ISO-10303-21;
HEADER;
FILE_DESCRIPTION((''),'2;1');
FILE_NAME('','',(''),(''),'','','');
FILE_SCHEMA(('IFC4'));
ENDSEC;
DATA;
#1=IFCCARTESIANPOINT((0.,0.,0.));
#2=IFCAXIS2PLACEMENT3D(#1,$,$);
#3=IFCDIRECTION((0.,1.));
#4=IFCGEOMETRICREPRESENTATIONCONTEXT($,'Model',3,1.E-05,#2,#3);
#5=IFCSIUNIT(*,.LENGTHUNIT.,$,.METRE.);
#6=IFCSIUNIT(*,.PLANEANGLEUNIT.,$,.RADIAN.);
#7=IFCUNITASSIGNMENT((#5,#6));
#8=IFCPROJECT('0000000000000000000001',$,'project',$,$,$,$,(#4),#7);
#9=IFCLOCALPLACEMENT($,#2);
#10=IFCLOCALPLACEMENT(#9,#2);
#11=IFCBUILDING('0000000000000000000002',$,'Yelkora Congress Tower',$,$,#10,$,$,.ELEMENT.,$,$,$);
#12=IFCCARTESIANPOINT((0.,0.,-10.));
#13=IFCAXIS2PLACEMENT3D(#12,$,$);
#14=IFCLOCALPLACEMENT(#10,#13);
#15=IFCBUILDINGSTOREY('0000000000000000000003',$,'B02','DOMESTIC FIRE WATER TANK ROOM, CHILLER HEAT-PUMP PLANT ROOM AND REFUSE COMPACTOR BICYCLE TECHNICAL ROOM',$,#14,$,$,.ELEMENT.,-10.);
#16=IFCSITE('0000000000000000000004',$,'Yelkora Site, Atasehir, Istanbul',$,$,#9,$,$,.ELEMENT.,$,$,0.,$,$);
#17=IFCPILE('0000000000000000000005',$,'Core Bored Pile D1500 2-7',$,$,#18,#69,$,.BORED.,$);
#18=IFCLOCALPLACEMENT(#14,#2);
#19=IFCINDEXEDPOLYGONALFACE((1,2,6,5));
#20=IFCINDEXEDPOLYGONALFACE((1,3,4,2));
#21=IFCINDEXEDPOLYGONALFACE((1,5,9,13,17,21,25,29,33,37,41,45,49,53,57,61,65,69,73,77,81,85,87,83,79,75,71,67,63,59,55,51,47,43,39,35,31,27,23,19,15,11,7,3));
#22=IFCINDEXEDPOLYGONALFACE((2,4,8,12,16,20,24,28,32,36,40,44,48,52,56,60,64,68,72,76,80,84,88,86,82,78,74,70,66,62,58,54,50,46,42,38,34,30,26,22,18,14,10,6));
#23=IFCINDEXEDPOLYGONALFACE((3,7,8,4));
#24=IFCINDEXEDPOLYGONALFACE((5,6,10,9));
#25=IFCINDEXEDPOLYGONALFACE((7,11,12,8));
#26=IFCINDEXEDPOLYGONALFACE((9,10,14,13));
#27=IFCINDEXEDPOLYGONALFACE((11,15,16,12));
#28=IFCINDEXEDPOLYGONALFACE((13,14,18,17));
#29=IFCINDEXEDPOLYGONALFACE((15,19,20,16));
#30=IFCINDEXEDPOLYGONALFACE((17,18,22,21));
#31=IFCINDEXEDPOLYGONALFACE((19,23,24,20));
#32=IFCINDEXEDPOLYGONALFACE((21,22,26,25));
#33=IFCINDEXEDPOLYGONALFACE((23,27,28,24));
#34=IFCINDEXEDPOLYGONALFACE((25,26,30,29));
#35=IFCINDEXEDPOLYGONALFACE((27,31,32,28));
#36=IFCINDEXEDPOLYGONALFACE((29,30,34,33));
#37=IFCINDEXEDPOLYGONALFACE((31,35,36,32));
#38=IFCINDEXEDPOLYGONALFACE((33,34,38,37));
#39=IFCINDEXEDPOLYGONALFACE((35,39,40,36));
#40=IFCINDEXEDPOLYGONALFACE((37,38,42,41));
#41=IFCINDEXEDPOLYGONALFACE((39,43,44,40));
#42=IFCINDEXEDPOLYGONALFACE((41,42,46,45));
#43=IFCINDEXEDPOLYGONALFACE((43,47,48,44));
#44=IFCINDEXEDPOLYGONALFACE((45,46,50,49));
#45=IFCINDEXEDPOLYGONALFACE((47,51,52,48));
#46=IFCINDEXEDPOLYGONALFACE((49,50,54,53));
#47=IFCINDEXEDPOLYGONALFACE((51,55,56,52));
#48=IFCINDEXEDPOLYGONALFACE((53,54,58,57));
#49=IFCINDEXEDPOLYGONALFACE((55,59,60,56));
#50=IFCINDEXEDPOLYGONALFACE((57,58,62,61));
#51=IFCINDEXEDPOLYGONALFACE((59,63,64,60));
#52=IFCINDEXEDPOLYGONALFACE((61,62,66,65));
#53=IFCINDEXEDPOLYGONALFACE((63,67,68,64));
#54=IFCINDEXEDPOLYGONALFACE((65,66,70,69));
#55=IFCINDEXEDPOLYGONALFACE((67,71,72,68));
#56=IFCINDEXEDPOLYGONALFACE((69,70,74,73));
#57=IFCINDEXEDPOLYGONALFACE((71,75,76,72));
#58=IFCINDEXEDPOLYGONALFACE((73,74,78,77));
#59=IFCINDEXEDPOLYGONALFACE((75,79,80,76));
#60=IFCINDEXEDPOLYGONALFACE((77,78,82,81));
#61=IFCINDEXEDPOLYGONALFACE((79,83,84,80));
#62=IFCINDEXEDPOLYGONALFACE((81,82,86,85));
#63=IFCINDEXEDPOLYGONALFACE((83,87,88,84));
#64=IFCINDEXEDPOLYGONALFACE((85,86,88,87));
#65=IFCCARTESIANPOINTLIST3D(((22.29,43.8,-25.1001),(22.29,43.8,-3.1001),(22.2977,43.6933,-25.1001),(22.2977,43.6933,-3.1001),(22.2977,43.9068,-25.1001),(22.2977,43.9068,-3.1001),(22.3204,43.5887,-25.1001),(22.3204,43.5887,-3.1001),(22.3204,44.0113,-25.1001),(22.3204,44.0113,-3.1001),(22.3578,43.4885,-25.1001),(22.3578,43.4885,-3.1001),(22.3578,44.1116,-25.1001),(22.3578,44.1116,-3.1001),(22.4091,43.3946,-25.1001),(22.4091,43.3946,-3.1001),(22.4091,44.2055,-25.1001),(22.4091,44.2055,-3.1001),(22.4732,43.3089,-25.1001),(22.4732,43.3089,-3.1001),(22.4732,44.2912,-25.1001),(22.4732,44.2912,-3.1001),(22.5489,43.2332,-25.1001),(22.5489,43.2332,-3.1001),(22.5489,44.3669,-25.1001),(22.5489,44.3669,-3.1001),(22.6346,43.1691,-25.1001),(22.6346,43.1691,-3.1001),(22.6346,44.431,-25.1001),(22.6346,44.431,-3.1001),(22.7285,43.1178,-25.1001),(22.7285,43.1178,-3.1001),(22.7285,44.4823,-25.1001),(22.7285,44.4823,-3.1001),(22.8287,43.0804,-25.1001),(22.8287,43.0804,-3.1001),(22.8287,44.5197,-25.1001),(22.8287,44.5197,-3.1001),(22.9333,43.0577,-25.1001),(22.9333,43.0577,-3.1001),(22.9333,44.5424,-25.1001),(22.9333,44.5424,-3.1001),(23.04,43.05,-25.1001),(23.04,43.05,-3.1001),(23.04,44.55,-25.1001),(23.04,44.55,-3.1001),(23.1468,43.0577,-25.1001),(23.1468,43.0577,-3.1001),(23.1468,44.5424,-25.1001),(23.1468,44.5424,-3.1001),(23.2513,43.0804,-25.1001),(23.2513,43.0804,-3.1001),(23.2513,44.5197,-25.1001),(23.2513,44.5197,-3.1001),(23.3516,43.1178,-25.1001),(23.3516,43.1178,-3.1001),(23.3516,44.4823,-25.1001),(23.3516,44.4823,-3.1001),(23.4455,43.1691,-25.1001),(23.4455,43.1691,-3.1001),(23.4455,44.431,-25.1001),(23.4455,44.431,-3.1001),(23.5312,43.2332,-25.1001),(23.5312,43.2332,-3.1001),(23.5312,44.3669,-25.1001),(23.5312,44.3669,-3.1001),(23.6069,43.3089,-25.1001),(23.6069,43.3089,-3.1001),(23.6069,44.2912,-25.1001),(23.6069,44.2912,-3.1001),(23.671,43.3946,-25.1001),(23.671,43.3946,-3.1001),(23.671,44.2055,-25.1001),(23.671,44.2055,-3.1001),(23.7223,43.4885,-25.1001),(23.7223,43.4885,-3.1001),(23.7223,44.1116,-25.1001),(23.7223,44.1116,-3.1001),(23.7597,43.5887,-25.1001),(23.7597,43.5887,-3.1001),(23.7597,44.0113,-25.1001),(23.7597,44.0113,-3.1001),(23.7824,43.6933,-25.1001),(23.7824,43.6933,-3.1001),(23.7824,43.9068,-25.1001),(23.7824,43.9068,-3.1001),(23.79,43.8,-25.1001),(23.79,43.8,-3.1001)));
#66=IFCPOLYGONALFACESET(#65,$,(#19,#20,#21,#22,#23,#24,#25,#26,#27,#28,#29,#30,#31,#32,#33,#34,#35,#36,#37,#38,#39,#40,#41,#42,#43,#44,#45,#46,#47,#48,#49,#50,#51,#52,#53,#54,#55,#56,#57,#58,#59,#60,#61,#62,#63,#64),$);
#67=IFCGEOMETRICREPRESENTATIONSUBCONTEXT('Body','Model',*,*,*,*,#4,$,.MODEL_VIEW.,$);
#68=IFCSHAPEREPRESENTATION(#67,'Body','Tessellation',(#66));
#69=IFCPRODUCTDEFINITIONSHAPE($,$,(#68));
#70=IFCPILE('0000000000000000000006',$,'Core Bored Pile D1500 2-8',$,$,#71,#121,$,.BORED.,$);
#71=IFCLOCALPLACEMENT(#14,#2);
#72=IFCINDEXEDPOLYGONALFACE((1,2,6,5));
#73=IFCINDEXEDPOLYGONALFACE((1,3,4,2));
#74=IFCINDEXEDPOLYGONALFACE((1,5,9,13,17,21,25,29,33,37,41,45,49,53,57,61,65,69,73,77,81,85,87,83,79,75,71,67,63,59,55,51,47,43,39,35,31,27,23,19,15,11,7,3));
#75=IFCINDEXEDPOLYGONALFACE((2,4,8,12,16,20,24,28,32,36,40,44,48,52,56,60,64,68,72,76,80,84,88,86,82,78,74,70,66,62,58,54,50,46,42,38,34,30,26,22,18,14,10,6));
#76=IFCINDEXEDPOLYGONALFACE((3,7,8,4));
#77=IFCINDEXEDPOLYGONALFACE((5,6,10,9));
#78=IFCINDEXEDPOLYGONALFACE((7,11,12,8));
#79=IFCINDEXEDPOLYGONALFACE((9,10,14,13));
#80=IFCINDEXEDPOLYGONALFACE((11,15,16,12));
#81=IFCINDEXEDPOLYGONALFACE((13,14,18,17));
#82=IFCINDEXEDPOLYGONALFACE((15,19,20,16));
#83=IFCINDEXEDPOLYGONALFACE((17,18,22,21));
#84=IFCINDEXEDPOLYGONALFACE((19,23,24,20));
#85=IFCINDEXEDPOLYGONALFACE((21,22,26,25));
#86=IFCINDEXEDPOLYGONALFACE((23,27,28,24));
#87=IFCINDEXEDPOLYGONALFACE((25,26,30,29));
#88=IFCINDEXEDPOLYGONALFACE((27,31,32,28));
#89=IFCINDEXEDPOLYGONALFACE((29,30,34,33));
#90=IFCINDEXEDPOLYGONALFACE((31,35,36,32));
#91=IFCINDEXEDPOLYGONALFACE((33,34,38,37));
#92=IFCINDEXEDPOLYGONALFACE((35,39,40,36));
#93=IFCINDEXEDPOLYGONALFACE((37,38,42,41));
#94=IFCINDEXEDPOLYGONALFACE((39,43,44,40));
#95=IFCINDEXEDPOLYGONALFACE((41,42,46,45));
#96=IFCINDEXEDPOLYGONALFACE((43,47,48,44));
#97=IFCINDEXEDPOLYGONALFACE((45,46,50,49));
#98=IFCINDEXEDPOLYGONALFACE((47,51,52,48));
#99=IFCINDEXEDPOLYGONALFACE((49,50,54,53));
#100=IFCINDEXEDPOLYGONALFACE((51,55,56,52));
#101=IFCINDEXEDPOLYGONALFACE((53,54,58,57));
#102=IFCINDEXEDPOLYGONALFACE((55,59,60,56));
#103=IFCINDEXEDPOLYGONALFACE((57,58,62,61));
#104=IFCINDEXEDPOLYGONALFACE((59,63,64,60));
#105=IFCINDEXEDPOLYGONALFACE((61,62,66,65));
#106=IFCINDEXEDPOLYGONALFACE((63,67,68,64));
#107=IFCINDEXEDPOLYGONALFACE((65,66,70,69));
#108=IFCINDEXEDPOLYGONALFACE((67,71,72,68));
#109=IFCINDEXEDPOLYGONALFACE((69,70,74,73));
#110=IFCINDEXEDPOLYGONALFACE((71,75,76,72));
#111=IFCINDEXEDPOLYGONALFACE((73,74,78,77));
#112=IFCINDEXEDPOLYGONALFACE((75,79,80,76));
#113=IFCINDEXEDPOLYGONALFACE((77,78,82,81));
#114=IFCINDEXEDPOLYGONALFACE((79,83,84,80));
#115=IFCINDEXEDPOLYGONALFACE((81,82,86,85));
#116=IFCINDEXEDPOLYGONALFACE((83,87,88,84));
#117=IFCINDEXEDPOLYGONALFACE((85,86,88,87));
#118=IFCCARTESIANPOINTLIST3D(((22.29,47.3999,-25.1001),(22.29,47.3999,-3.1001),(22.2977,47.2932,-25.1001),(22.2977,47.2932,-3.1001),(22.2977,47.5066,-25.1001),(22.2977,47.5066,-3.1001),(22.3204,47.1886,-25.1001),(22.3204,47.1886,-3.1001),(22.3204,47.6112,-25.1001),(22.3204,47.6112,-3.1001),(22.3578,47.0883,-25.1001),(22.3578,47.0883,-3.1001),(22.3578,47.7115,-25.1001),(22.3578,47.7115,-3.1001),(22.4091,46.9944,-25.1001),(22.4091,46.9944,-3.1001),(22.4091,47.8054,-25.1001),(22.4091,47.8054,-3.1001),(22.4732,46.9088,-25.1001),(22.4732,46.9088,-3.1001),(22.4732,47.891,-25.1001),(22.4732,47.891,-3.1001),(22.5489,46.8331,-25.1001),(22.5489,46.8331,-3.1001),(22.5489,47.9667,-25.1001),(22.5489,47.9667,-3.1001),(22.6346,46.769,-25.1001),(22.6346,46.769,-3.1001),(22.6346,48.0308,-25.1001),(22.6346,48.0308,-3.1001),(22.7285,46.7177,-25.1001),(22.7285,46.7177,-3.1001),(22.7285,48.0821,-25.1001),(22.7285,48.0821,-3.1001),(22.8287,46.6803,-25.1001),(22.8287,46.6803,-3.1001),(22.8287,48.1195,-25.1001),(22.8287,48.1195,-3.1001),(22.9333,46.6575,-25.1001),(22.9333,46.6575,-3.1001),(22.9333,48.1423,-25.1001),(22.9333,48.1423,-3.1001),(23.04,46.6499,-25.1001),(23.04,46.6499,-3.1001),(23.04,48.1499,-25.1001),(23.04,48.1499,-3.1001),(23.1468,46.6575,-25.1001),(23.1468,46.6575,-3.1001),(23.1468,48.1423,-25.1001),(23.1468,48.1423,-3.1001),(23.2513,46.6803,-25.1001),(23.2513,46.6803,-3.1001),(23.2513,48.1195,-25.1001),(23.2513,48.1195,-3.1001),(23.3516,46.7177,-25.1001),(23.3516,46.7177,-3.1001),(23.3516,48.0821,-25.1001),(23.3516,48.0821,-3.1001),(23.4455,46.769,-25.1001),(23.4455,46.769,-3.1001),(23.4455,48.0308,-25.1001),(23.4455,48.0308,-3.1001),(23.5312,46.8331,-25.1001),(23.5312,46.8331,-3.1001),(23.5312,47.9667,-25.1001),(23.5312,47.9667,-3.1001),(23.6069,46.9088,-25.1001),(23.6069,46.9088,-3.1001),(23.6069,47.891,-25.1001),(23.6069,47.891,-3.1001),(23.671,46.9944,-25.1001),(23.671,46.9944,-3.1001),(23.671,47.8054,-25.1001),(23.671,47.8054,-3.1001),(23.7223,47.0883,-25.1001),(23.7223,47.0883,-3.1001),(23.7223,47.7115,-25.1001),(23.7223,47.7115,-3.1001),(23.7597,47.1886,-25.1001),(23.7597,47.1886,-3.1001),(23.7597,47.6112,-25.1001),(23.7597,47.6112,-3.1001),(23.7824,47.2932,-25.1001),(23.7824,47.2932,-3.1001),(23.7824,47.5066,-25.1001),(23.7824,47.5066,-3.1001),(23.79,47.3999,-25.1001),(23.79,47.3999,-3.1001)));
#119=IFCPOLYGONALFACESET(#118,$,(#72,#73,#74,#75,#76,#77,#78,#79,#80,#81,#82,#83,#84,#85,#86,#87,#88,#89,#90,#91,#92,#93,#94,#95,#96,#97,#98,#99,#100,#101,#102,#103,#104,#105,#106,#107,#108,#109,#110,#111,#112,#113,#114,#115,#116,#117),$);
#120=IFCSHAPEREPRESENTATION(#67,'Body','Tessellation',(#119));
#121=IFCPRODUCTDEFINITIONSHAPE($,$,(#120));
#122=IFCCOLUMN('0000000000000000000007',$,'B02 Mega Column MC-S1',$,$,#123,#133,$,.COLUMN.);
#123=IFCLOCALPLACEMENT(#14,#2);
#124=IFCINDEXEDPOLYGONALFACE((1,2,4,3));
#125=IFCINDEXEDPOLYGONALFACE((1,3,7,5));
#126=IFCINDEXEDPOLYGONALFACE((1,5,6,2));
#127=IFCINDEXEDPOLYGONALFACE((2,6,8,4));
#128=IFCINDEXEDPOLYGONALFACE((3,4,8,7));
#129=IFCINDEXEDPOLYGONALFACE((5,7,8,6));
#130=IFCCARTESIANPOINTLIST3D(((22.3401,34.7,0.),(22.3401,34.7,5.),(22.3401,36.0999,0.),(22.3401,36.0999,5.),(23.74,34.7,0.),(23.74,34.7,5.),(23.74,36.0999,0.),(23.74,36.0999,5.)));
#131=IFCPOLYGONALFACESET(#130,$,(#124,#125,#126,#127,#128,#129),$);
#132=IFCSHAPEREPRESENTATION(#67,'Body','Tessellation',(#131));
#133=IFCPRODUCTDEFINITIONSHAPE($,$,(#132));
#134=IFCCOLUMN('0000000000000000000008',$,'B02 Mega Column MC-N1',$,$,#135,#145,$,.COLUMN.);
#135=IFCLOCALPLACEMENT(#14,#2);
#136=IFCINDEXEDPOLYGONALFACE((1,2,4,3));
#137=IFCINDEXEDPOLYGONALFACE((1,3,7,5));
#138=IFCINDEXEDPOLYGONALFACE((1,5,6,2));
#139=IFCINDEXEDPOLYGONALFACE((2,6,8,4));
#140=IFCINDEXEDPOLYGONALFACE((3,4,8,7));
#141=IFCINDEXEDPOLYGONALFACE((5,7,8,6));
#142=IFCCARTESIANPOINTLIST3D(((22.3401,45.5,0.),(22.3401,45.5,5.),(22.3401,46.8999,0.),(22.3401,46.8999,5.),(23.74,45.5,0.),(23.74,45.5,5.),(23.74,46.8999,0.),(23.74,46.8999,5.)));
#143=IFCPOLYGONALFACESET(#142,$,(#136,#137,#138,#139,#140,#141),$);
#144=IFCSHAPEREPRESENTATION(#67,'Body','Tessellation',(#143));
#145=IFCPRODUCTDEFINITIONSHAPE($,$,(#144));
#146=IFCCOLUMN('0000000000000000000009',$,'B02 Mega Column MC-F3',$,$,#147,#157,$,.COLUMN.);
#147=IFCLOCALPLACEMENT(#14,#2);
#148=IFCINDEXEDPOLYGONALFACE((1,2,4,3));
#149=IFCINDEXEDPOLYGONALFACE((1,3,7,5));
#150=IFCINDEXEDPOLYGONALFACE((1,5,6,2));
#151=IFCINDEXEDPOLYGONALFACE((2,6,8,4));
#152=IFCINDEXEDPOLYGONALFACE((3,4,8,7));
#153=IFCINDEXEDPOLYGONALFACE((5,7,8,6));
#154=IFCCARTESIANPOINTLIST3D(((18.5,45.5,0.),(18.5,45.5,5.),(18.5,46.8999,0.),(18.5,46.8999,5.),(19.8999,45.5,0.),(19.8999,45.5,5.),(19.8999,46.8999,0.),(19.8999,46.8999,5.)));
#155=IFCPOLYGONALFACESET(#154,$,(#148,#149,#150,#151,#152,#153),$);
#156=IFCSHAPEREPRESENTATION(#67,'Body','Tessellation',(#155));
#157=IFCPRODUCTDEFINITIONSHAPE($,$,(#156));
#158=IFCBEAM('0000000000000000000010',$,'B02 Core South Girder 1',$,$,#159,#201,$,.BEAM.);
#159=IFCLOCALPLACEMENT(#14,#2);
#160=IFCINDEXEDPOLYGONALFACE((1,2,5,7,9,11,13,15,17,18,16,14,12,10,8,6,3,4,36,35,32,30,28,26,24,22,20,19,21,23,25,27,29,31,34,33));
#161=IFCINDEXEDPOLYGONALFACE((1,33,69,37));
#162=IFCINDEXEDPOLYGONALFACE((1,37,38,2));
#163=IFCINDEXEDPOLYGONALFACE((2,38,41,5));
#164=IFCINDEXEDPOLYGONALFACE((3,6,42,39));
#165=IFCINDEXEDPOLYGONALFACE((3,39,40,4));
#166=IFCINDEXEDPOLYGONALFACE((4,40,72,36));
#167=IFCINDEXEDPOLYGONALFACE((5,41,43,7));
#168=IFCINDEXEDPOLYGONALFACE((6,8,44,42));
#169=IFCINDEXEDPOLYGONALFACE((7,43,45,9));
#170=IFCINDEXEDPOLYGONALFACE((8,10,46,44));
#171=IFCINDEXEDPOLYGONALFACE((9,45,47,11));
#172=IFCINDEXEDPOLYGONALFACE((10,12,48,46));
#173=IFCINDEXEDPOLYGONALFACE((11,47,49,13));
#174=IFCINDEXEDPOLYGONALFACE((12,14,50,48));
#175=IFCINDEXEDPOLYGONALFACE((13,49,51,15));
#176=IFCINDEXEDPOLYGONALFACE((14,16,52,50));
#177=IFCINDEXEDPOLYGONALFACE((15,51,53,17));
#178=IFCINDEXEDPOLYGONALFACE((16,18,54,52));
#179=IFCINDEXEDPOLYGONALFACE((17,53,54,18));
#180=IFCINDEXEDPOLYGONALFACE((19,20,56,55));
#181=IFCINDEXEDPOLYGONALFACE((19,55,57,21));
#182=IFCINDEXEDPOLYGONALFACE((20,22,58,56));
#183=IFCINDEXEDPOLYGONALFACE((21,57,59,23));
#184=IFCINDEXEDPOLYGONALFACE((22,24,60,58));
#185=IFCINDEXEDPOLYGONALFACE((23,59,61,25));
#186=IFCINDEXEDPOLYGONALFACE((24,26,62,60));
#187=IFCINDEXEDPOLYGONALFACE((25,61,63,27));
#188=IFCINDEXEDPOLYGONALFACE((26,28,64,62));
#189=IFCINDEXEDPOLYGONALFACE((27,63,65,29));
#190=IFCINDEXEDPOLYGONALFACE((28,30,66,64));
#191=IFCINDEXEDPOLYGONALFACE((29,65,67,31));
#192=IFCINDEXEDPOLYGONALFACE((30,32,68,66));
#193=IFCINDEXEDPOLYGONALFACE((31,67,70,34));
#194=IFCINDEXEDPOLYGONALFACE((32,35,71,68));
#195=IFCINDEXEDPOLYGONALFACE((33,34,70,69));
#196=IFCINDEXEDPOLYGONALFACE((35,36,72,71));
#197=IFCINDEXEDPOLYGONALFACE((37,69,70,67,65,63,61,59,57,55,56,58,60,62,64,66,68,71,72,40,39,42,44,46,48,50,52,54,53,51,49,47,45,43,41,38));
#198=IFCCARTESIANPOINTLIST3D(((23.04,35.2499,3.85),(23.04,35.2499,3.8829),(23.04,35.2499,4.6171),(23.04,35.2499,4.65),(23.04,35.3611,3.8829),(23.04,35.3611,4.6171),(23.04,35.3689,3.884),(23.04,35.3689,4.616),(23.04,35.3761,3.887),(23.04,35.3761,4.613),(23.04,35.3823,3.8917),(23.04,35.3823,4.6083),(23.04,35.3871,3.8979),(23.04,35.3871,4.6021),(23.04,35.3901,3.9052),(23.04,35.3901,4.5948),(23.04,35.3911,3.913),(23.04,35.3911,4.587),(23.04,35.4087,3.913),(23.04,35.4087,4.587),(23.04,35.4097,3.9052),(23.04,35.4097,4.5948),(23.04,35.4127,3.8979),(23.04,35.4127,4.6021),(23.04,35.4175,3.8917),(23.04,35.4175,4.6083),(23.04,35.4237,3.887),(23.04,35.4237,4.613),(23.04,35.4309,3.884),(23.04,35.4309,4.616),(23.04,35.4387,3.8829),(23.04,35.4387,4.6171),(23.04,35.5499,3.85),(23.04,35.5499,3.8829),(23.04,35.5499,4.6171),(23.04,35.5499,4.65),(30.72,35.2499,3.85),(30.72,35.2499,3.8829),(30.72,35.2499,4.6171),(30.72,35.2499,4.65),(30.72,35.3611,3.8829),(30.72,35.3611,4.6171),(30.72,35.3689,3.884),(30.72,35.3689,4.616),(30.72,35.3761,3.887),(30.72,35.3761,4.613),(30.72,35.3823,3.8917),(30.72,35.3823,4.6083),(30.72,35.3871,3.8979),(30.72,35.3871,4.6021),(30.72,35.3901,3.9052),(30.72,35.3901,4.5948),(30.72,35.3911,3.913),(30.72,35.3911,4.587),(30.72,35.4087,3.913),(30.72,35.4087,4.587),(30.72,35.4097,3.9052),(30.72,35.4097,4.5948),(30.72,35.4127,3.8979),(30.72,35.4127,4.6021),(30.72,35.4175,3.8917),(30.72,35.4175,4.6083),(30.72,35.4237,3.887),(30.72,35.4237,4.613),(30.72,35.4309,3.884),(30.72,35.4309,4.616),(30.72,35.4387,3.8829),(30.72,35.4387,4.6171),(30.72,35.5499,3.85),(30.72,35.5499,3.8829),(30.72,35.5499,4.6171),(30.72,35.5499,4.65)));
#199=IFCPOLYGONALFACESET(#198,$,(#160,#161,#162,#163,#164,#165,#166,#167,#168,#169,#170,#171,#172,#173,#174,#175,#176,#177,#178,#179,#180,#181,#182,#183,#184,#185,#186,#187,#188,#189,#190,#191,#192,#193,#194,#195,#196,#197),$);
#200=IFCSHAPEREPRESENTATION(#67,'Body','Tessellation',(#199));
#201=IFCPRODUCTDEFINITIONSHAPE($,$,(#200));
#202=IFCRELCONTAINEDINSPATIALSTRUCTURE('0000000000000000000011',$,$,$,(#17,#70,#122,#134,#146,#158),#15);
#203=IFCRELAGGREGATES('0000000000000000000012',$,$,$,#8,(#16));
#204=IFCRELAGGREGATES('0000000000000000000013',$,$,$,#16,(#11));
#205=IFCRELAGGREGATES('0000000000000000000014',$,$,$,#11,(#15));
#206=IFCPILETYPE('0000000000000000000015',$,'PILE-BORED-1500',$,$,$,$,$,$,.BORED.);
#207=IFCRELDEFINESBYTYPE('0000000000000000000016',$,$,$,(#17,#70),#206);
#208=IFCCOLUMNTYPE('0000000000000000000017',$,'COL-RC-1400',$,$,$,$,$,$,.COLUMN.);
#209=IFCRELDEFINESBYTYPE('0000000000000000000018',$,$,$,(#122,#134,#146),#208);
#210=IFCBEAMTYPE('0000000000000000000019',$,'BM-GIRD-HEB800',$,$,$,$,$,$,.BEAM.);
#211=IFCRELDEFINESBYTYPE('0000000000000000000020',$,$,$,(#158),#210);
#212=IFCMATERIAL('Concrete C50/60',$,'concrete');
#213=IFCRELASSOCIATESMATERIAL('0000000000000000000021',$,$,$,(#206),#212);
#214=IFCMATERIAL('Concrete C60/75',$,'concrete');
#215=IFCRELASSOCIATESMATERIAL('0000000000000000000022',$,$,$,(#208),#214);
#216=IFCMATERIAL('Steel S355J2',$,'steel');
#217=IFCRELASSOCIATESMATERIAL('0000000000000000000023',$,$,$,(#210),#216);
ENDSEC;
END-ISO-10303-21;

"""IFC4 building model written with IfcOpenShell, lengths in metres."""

from ifc_helpers import new_model, si_unit, direction, frame, origin, origin_2d, place, context, subcontext, project, spatial, rectangle, circle, i_section, extrude, material, material_profile, profile_set, type_object, element, save


model = new_model("IFC4")

# Units and contexts
model_context = context("Model", 3, precision=1e-05, world=origin(), true_north=direction((0.0, 1.0)))
body_context = subcontext(model_context, "Body", "Model", "MODEL_VIEW")
ifc_project = project(units=[si_unit("LENGTHUNIT", "METRE"), si_unit("PLANEANGLEUNIT", "RADIAN")], contexts=[model_context])

# Site, building, storey
site_placement = place(None, origin())
site = spatial("IfcSite", under=ifc_project, at=site_placement, Name="Yelkora Site, Atasehir, Istanbul", CompositionType="ELEMENT", RefElevation=0.0)
building_placement = place(site_placement, origin())
building = spatial("IfcBuilding", under=site, at=building_placement, Name="Yelkora Congress Tower", CompositionType="ELEMENT")
storey_placement = place(building_placement, frame((0.0, 0.0, -10.0)))
storey = spatial("IfcBuildingStorey", under=building, at=storey_placement, Name="B02", Description="DOMESTIC FIRE WATER TANK ROOM, CHILLER HEAT-PUMP PLANT ROOM AND REFUSE COMPACTOR BICYCLE TECHNICAL ROOM", CompositionType="ELEMENT", Elevation=-10.0)

# Piles
ifc_material_1 = material(Name="Concrete C50/60", Category="concrete")
ifc_material_profile_1 = material_profile(ifc_material_1, circle(Radius=0.75, at=origin_2d()), Name="PILE D1500")
ifc_profile_set_1 = profile_set([ifc_material_profile_1], Name="Concrete C50/60")
pile_type = type_object("IfcPileType", Name="PILE-BORED-1500", PredefinedType="BORED", material=ifc_profile_set_1)
for number, where, z_axis, x_axis, name in (
    (1, (23.04, 43.8, -3.1001), (0.0, 0.0, -1.0), (1.0, 0.0, 0.0), "Core Bored Pile D1500 2-7"),
    (2, (23.04, 47.3999, -3.1001), (0.0, 0.0, -1.0), (1.0, 0.0, 0.0), "Core Bored Pile D1500 2-8"),
):
    element("IfcPile", number, at=place(storey_placement, frame(where, z_axis=z_axis, x_axis=x_axis)), inside=storey, type_object=pile_type, Name=name, PredefinedType="BORED", context=body_context, shape_type="SweptSolid", body=[
        extrude(circle(Radius=0.75, at=origin_2d()), origin(), (0.0, 0.0, 1.0), 22.0),
    ])

# Columns
ifc_material_2 = material(Name="Concrete C60/75", Category="concrete")
ifc_material_profile_2 = material_profile(ifc_material_2, rectangle(XDim=1.3999, YDim=1.3999, at=origin_2d()), Name="RC 1400x1400")
ifc_profile_set_2 = profile_set([ifc_material_profile_2], Name="Concrete C60/75")
column_type = type_object("IfcColumnType", Name="COL-RC-1400", PredefinedType="COLUMN", material=ifc_profile_set_2)
for number, where, z_axis, x_axis, name in (
    (3, (23.04, 35.3999, 0.0), (0.0, 0.0, 1.0), (1.0, 0.0, 0.0), "B02 Mega Column MC-S1"),
    (4, (23.04, 46.2, 0.0), (0.0, 0.0, 1.0), (1.0, 0.0, 0.0), "B02 Mega Column MC-N1"),
    (5, (19.2, 46.2, 0.0), (0.0, 0.0, 1.0), (1.0, 0.0, 0.0), "B02 Mega Column MC-F3"),
):
    element("IfcColumn", number, at=place(storey_placement, frame(where, z_axis=z_axis, x_axis=x_axis)), inside=storey, type_object=column_type, Name=name, PredefinedType="COLUMN", context=body_context, shape_type="SweptSolid", body=[
        extrude(rectangle(XDim=1.3999, YDim=1.3999, at=origin_2d()), origin(), (0.0, 0.0, 1.0), 5.0),
    ])

# Beam
ifc_material_3 = material(Name="Steel S355J2", Category="steel")
ifc_material_profile_3 = material_profile(ifc_material_3, i_section(OverallWidth=0.3, OverallDepth=0.8, WebThickness=0.0176, FlangeThickness=0.033, FilletRadius=0.03, at=origin_2d()), Name="HEB 800")
ifc_profile_set_3 = profile_set([ifc_material_profile_3], Name="Steel S355J2")
beam_type_1 = type_object("IfcBeamType", Name="BM-GIRD-HEB800", PredefinedType="BEAM", material=ifc_profile_set_3)
beam_1_placement = place(storey_placement, frame((23.04, 35.3999, 4.25), z_axis=(1.0, 0.0, 0.0), x_axis=(0.0, 1.0, 0.0)))
element("IfcBeam", 6, at=beam_1_placement, inside=storey, type_object=beam_type_1, Name="B02 Core South Girder 1", PredefinedType="BEAM", context=body_context, shape_type="SweptSolid", body=[
    extrude(i_section(OverallWidth=0.3, OverallDepth=0.8, WebThickness=0.0176, FlangeThickness=0.033, FilletRadius=0.03, at=origin_2d()), origin(), (0.0, 0.0, 1.0), 7.6799),
])

save(model, "model.ifc")
